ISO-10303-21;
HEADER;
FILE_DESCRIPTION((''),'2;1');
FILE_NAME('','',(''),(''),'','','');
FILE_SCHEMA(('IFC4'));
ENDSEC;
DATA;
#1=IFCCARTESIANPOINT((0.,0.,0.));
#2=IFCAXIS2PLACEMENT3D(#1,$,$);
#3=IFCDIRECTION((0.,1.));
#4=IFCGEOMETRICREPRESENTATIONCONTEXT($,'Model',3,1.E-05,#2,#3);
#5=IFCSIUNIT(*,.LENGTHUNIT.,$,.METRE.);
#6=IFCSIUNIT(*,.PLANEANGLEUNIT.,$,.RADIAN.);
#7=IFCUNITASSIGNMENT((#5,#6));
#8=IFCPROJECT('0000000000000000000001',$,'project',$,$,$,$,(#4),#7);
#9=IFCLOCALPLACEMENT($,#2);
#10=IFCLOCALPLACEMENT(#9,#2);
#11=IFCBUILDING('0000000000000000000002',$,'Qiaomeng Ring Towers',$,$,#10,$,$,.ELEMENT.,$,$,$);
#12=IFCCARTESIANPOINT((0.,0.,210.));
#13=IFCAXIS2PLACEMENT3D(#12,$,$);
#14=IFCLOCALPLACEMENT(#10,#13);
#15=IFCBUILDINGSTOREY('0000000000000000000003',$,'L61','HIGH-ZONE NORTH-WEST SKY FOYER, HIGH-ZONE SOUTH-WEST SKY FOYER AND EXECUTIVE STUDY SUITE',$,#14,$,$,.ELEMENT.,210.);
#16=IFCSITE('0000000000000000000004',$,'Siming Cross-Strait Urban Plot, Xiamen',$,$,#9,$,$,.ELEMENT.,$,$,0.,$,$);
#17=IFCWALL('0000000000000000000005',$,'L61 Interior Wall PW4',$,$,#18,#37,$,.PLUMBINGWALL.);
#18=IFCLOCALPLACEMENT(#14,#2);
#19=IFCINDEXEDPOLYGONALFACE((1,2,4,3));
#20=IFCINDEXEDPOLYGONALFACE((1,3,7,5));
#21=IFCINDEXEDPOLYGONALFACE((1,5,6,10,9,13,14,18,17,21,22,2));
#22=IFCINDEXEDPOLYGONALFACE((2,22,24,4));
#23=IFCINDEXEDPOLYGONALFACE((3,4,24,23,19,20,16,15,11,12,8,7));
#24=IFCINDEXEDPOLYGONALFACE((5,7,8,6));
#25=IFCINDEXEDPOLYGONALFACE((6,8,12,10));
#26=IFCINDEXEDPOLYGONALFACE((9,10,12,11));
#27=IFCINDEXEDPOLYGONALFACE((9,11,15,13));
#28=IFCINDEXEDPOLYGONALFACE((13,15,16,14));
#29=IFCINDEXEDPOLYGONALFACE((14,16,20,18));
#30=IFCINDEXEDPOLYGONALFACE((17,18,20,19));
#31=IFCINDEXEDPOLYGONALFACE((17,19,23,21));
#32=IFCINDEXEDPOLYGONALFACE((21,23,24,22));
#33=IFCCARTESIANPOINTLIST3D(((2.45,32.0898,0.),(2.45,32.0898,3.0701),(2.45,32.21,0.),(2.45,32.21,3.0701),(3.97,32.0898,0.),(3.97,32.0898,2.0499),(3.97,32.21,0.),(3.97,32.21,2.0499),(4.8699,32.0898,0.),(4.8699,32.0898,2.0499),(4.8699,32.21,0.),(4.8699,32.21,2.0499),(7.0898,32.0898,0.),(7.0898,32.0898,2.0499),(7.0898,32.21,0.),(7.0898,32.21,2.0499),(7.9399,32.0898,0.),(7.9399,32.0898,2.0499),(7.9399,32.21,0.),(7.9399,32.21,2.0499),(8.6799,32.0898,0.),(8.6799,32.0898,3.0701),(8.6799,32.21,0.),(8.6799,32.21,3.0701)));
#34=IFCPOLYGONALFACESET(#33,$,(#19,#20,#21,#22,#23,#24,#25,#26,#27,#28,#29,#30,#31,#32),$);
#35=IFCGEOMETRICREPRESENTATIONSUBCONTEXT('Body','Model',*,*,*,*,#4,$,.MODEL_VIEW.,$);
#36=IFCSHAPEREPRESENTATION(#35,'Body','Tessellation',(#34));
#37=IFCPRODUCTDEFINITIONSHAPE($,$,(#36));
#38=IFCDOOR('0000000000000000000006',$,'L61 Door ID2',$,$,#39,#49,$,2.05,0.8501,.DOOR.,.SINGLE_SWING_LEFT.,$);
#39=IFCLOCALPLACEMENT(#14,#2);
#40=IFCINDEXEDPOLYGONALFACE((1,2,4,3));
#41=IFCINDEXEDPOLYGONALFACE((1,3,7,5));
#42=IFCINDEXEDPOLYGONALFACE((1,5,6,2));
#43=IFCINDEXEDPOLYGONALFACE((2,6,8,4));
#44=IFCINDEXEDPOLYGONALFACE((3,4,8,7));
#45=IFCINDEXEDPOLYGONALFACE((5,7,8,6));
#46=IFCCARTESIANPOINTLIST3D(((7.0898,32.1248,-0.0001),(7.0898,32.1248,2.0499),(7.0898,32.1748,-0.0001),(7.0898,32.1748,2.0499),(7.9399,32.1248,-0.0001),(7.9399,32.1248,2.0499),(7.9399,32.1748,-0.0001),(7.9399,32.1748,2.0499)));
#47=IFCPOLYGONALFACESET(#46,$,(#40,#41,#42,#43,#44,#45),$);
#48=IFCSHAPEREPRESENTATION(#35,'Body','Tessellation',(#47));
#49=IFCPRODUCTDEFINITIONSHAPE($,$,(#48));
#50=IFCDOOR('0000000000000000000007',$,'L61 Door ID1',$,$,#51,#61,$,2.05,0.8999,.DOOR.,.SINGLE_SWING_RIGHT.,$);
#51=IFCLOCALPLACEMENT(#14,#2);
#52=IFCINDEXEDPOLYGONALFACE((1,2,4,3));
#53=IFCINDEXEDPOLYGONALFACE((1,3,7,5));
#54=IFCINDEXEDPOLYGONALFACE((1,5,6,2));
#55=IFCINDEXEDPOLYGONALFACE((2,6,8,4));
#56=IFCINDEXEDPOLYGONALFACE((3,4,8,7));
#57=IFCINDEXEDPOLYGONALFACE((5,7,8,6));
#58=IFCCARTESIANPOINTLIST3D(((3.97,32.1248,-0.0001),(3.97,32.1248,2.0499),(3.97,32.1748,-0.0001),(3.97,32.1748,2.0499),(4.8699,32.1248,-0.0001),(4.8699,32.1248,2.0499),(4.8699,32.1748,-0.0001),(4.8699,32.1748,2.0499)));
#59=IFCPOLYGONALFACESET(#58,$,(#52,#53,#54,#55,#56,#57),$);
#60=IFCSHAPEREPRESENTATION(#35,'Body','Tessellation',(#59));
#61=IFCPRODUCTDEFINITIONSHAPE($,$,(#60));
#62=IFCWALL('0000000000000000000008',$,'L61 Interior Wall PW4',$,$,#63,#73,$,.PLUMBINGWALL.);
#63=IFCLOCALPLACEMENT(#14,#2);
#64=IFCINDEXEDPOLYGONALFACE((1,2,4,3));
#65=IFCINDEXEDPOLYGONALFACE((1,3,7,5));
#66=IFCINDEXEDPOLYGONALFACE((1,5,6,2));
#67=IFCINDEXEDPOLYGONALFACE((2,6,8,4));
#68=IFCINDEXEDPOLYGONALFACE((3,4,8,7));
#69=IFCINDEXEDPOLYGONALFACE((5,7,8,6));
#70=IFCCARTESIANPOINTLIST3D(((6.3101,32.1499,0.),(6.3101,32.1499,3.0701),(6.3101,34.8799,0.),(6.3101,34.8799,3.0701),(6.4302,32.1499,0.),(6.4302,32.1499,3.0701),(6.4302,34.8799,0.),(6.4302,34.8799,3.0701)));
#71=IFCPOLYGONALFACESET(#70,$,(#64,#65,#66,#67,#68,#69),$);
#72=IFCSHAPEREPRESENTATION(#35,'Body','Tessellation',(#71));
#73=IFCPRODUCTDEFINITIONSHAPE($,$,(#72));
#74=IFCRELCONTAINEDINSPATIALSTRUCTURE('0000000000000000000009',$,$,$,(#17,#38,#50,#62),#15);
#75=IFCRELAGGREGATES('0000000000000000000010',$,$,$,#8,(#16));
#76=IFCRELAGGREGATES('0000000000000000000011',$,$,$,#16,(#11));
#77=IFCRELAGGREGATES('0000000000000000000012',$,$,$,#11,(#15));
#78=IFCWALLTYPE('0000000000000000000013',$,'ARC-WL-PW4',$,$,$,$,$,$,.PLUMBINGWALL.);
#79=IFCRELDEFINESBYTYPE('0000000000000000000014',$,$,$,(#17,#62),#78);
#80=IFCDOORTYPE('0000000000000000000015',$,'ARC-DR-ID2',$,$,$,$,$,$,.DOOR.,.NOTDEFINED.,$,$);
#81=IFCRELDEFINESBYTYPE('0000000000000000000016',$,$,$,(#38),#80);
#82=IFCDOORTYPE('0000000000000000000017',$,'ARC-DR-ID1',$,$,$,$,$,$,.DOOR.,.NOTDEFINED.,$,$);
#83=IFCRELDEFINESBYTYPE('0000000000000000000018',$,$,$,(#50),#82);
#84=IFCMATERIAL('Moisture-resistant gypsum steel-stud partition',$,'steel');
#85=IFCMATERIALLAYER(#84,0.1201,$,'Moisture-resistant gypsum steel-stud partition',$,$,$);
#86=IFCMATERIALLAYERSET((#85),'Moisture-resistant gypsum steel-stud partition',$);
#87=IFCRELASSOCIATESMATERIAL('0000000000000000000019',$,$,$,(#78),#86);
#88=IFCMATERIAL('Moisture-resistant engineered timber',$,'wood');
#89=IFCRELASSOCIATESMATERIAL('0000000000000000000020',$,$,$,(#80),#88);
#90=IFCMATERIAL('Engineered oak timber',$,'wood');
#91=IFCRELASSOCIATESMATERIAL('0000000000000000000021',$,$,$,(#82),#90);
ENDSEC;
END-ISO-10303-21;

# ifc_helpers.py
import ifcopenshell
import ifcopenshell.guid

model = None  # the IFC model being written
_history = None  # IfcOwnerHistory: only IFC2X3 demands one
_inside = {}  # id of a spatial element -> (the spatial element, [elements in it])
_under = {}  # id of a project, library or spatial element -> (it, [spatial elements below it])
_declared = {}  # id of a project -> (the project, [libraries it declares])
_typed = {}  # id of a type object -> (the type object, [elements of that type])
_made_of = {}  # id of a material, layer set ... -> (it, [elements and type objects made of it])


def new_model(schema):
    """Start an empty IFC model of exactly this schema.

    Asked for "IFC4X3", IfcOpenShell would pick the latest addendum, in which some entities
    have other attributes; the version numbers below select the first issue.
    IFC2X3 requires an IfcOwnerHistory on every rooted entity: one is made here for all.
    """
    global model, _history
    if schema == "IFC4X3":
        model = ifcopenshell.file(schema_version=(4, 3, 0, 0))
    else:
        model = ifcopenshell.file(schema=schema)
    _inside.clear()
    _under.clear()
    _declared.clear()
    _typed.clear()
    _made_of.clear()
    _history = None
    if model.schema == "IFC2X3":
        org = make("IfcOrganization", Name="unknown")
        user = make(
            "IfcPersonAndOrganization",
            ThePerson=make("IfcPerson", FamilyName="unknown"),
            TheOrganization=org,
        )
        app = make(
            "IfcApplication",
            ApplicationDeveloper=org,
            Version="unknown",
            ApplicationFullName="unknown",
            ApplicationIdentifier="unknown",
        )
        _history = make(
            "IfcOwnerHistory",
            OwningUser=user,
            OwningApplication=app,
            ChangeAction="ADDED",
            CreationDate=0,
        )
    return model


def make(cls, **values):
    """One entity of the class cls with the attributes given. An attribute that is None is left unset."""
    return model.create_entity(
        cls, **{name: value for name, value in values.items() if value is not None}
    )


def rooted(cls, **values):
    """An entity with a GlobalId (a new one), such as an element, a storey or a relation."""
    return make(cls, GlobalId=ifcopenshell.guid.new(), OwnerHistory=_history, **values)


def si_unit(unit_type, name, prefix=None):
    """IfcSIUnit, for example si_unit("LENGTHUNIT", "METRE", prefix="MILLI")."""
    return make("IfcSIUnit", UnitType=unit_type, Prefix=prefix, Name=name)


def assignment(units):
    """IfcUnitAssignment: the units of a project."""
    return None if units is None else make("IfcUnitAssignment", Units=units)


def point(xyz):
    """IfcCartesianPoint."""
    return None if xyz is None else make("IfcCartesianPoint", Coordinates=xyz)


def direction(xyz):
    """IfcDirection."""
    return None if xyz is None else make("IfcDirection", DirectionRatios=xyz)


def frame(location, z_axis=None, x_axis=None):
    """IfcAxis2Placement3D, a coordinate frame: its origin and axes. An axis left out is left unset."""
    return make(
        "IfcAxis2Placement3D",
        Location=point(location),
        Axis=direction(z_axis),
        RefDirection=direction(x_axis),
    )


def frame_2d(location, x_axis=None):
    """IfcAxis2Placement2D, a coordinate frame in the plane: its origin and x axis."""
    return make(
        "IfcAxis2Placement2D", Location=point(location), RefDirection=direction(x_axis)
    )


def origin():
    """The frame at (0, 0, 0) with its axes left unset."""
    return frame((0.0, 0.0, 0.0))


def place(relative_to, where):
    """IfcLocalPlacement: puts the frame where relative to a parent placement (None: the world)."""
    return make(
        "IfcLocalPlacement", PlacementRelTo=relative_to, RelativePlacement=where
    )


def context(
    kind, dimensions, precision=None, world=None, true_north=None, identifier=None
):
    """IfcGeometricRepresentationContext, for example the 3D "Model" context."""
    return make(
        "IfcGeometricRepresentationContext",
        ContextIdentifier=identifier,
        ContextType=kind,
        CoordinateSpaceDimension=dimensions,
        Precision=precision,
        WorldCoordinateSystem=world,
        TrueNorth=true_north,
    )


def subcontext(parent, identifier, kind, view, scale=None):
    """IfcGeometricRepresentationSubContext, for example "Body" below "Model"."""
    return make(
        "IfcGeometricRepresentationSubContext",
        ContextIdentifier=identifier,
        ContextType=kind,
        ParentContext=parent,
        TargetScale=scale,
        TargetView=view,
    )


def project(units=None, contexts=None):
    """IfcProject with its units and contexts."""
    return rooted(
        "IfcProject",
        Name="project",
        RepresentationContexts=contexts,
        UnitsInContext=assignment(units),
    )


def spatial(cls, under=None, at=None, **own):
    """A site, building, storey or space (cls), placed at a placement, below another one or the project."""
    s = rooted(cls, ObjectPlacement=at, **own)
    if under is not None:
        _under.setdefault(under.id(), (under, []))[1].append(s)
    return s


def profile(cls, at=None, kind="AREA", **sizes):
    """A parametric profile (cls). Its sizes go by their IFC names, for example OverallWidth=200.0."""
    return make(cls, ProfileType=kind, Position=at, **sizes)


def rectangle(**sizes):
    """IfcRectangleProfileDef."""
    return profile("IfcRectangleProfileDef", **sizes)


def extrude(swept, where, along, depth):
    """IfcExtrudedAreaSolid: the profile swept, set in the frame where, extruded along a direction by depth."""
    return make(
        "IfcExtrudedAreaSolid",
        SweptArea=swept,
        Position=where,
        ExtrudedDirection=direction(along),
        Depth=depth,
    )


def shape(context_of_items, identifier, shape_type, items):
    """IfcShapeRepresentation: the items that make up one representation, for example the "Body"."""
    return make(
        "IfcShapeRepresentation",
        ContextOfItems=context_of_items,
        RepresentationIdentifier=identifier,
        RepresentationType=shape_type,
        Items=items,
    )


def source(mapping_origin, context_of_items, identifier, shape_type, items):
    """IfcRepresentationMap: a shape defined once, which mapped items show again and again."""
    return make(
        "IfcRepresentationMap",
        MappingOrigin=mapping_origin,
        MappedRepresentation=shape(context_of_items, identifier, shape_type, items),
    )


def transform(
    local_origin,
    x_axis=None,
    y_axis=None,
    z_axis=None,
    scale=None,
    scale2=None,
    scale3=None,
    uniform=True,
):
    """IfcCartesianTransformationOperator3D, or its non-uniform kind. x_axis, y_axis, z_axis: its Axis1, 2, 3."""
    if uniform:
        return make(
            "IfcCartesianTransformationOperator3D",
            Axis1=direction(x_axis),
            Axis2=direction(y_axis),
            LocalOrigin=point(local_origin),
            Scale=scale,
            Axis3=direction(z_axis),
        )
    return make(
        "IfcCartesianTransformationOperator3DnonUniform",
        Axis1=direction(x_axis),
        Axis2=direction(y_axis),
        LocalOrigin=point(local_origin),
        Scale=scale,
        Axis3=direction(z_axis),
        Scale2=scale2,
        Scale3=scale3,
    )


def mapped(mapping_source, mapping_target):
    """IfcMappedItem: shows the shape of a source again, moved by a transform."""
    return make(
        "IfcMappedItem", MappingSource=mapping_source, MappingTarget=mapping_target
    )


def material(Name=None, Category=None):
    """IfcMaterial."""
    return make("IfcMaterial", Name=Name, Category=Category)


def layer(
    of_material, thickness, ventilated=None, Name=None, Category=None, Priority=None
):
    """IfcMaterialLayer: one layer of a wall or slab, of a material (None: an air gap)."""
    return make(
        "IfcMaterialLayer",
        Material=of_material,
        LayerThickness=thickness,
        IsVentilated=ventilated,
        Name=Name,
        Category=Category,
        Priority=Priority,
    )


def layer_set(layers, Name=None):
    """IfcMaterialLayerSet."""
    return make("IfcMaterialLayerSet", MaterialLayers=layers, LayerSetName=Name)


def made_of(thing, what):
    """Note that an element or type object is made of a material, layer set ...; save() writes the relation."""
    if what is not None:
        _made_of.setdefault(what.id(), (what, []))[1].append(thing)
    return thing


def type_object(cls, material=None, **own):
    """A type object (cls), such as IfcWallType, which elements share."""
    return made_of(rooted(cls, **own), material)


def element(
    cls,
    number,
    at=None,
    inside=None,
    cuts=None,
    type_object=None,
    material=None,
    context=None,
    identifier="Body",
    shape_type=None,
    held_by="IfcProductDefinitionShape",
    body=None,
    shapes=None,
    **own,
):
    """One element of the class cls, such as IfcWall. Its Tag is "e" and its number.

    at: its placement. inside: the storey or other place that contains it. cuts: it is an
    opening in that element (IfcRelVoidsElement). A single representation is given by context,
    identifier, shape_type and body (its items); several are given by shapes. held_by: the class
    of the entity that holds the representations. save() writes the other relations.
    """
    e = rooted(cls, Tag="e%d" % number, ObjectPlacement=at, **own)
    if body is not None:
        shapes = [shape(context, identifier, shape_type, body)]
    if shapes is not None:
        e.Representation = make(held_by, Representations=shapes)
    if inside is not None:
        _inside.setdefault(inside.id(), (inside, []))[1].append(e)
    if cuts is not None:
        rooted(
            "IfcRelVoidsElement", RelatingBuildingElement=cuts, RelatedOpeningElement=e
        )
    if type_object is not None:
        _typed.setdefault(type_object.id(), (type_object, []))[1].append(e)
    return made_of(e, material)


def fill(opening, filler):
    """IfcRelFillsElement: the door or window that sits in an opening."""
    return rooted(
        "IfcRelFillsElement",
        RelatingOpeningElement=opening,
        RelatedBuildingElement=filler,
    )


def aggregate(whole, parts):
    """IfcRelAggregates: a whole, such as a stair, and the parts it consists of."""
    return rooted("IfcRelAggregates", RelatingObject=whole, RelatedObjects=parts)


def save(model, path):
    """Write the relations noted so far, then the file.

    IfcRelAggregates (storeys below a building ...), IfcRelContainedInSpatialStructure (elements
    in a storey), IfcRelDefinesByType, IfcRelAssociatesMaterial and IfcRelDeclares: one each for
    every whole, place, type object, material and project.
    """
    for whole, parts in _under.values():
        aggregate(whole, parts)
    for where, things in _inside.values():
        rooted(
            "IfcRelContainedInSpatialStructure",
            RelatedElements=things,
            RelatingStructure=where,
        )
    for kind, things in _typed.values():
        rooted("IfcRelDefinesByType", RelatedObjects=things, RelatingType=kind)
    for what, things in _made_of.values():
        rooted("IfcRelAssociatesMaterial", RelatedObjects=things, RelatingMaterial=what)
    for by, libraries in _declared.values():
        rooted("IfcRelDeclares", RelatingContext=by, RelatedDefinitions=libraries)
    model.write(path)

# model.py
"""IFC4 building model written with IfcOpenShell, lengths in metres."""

from ifc_helpers import new_model, si_unit, direction, frame, frame_2d, origin, place, context, subcontext, project, spatial, rectangle, extrude, source, transform, mapped, material, layer, layer_set, type_object, element, fill, save


model = new_model("IFC4")

# Units and contexts
model_context = context("Model", 3, precision=1e-05, world=origin(), true_north=direction((0.0, 1.0)))
body_context = subcontext(model_context, "Body", "Model", "MODEL_VIEW")
ifc_project = project(units=[si_unit("LENGTHUNIT", "METRE"), si_unit("PLANEANGLEUNIT", "RADIAN")], contexts=[model_context])

# Site, building, storey
site_placement = place(None, origin())
site = spatial("IfcSite", under=ifc_project, at=site_placement, Name="Siming Cross-Strait Urban Plot, Xiamen", CompositionType="ELEMENT", RefElevation=0.0)
building_placement = place(site_placement, origin())
building = spatial("IfcBuilding", under=site, at=building_placement, Name="Qiaomeng Ring Towers", CompositionType="ELEMENT")
storey_placement = place(building_placement, frame((0.0, 0.0, 210.0)))
storey = spatial("IfcBuildingStorey", under=building, at=storey_placement, Name="L61", Description="HIGH-ZONE NORTH-WEST SKY FOYER, HIGH-ZONE SOUTH-WEST SKY FOYER AND EXECUTIVE STUDY SUITE", CompositionType="ELEMENT", Elevation=210.0)

# Wall, openings, doors
ifc_material_1 = material(Name="Moisture-resistant gypsum steel-stud partition", Category="steel")
ifc_layer_1 = layer(ifc_material_1, 0.1201, Name="Moisture-resistant gypsum steel-stud partition")
ifc_layer_set_1 = layer_set([ifc_layer_1], Name="Moisture-resistant gypsum steel-stud partition")
wall_type_1 = type_object("IfcWallType", Name="ARC-WL-PW4", PredefinedType="PLUMBINGWALL", material=ifc_layer_set_1)
wall_1_placement = place(storey_placement, frame((2.45, 32.1499, 0.0), z_axis=(0.0, 0.0, 1.0), x_axis=(1.0, 0.0, 0.0)))
wall_1 = element("IfcWall", 1, at=wall_1_placement, inside=storey, type_object=wall_type_1, Name="L61 Interior Wall PW4", PredefinedType="PLUMBINGWALL", context=body_context, shape_type="SweptSolid", body=[
    extrude(rectangle(XDim=6.23, YDim=0.1201, at=frame_2d((3.115, 0.0))), origin(), (0.0, 0.0, 1.0), 3.0701),
])
opening_1_placement = place(wall_1_placement, frame((1.52, 0.0, 0.0)))
opening_1 = element("IfcOpeningElement", 2, at=opening_1_placement, cuts=wall_1, PredefinedType="OPENING", context=body_context, shape_type="SweptSolid", body=[
    extrude(rectangle(XDim=0.8999, YDim=2.05, at=frame_2d((0.45, 1.0249))), frame((0.0, 0.0701, 0.0), z_axis=(0.0, -1.0, 0.0), x_axis=(1.0, 0.0, 0.0)), (0.0, 0.0, 1.0), 0.1401),
])
opening_2_placement = place(wall_1_placement, frame((4.6399, 0.0, 0.0)))
opening_2 = element("IfcOpeningElement", 3, at=opening_2_placement, cuts=wall_1, PredefinedType="OPENING", context=body_context, shape_type="SweptSolid", body=[
    extrude(rectangle(XDim=0.8501, YDim=2.05, at=frame_2d((0.425, 1.0249))), frame((0.0, 0.0701, 0.0), z_axis=(0.0, -1.0, 0.0), x_axis=(1.0, 0.0, 0.0)), (0.0, 0.0, 1.0), 0.1401),
])
ifc_material_2 = material(Name="Moisture-resistant engineered timber", Category="wood")
door_type_1 = type_object("IfcDoorType", Name="ARC-DR-ID2", OperationType="NOTDEFINED", PredefinedType="DOOR", material=ifc_material_2)
shared_shape_1 = source(origin(), body_context, "Body", "SweptSolid", [
    extrude(rectangle(XDim=0.8501, YDim=2.05, at=frame_2d((0.425, 1.0249))), frame((0.0, 0.0249, 0.0), z_axis=(0.0, -1.0, 0.0), x_axis=(1.0, 0.0, 0.0)), (0.0, 0.0, 1.0), 0.05),
])
door_1_placement = place(opening_2_placement, origin())
door_1 = element("IfcDoor", 4, at=door_1_placement, inside=storey, type_object=door_type_1, Name="L61 Door ID2", OperationType="SINGLE_SWING_LEFT", OverallHeight=2.05, OverallWidth=0.8501, PredefinedType="DOOR", context=body_context, shape_type="MappedRepresentation", body=[
    mapped(shared_shape_1, transform((0.0, 0.0, 0.0), x_axis=(1.0, 0.0, 0.0), y_axis=(0.0, 1.0, 0.0), z_axis=(0.0, 0.0, 1.0), scale=1.0)),
])
fill(opening_2, door_1)
ifc_material_3 = material(Name="Engineered oak timber", Category="wood")
door_type_2 = type_object("IfcDoorType", Name="ARC-DR-ID1", OperationType="NOTDEFINED", PredefinedType="DOOR", material=ifc_material_3)
shared_shape_2 = source(origin(), body_context, "Body", "SweptSolid", [
    extrude(rectangle(XDim=0.8999, YDim=2.05, at=frame_2d((0.45, 1.0249))), frame((0.0, 0.0249, 0.0), z_axis=(0.0, -1.0, 0.0), x_axis=(1.0, 0.0, 0.0)), (0.0, 0.0, 1.0), 0.05),
])
door_2_placement = place(opening_1_placement, origin())
door_2 = element("IfcDoor", 5, at=door_2_placement, inside=storey, type_object=door_type_2, Name="L61 Door ID1", OperationType="SINGLE_SWING_RIGHT", OverallHeight=2.05, OverallWidth=0.8999, PredefinedType="DOOR", context=body_context, shape_type="MappedRepresentation", body=[
    mapped(shared_shape_2, transform((0.0, 0.0, 0.0), x_axis=(1.0, 0.0, 0.0), y_axis=(0.0, 1.0, 0.0), z_axis=(0.0, 0.0, 1.0), scale=1.0)),
])
fill(opening_1, door_2)

# Wall
wall_2_placement = place(storey_placement, frame((6.3701, 32.1499, 0.0), z_axis=(0.0, 0.0, 1.0), x_axis=(0.0, 1.0, 0.0)))
element("IfcWall", 6, at=wall_2_placement, inside=storey, type_object=wall_type_1, Name="L61 Interior Wall PW4", PredefinedType="PLUMBINGWALL", context=body_context, shape_type="SweptSolid", body=[
    extrude(rectangle(XDim=2.73, YDim=0.1201, at=frame_2d((1.365, 0.0))), origin(), (0.0, 0.0, 1.0), 3.0701),
])

save(model, "model.ifc")
